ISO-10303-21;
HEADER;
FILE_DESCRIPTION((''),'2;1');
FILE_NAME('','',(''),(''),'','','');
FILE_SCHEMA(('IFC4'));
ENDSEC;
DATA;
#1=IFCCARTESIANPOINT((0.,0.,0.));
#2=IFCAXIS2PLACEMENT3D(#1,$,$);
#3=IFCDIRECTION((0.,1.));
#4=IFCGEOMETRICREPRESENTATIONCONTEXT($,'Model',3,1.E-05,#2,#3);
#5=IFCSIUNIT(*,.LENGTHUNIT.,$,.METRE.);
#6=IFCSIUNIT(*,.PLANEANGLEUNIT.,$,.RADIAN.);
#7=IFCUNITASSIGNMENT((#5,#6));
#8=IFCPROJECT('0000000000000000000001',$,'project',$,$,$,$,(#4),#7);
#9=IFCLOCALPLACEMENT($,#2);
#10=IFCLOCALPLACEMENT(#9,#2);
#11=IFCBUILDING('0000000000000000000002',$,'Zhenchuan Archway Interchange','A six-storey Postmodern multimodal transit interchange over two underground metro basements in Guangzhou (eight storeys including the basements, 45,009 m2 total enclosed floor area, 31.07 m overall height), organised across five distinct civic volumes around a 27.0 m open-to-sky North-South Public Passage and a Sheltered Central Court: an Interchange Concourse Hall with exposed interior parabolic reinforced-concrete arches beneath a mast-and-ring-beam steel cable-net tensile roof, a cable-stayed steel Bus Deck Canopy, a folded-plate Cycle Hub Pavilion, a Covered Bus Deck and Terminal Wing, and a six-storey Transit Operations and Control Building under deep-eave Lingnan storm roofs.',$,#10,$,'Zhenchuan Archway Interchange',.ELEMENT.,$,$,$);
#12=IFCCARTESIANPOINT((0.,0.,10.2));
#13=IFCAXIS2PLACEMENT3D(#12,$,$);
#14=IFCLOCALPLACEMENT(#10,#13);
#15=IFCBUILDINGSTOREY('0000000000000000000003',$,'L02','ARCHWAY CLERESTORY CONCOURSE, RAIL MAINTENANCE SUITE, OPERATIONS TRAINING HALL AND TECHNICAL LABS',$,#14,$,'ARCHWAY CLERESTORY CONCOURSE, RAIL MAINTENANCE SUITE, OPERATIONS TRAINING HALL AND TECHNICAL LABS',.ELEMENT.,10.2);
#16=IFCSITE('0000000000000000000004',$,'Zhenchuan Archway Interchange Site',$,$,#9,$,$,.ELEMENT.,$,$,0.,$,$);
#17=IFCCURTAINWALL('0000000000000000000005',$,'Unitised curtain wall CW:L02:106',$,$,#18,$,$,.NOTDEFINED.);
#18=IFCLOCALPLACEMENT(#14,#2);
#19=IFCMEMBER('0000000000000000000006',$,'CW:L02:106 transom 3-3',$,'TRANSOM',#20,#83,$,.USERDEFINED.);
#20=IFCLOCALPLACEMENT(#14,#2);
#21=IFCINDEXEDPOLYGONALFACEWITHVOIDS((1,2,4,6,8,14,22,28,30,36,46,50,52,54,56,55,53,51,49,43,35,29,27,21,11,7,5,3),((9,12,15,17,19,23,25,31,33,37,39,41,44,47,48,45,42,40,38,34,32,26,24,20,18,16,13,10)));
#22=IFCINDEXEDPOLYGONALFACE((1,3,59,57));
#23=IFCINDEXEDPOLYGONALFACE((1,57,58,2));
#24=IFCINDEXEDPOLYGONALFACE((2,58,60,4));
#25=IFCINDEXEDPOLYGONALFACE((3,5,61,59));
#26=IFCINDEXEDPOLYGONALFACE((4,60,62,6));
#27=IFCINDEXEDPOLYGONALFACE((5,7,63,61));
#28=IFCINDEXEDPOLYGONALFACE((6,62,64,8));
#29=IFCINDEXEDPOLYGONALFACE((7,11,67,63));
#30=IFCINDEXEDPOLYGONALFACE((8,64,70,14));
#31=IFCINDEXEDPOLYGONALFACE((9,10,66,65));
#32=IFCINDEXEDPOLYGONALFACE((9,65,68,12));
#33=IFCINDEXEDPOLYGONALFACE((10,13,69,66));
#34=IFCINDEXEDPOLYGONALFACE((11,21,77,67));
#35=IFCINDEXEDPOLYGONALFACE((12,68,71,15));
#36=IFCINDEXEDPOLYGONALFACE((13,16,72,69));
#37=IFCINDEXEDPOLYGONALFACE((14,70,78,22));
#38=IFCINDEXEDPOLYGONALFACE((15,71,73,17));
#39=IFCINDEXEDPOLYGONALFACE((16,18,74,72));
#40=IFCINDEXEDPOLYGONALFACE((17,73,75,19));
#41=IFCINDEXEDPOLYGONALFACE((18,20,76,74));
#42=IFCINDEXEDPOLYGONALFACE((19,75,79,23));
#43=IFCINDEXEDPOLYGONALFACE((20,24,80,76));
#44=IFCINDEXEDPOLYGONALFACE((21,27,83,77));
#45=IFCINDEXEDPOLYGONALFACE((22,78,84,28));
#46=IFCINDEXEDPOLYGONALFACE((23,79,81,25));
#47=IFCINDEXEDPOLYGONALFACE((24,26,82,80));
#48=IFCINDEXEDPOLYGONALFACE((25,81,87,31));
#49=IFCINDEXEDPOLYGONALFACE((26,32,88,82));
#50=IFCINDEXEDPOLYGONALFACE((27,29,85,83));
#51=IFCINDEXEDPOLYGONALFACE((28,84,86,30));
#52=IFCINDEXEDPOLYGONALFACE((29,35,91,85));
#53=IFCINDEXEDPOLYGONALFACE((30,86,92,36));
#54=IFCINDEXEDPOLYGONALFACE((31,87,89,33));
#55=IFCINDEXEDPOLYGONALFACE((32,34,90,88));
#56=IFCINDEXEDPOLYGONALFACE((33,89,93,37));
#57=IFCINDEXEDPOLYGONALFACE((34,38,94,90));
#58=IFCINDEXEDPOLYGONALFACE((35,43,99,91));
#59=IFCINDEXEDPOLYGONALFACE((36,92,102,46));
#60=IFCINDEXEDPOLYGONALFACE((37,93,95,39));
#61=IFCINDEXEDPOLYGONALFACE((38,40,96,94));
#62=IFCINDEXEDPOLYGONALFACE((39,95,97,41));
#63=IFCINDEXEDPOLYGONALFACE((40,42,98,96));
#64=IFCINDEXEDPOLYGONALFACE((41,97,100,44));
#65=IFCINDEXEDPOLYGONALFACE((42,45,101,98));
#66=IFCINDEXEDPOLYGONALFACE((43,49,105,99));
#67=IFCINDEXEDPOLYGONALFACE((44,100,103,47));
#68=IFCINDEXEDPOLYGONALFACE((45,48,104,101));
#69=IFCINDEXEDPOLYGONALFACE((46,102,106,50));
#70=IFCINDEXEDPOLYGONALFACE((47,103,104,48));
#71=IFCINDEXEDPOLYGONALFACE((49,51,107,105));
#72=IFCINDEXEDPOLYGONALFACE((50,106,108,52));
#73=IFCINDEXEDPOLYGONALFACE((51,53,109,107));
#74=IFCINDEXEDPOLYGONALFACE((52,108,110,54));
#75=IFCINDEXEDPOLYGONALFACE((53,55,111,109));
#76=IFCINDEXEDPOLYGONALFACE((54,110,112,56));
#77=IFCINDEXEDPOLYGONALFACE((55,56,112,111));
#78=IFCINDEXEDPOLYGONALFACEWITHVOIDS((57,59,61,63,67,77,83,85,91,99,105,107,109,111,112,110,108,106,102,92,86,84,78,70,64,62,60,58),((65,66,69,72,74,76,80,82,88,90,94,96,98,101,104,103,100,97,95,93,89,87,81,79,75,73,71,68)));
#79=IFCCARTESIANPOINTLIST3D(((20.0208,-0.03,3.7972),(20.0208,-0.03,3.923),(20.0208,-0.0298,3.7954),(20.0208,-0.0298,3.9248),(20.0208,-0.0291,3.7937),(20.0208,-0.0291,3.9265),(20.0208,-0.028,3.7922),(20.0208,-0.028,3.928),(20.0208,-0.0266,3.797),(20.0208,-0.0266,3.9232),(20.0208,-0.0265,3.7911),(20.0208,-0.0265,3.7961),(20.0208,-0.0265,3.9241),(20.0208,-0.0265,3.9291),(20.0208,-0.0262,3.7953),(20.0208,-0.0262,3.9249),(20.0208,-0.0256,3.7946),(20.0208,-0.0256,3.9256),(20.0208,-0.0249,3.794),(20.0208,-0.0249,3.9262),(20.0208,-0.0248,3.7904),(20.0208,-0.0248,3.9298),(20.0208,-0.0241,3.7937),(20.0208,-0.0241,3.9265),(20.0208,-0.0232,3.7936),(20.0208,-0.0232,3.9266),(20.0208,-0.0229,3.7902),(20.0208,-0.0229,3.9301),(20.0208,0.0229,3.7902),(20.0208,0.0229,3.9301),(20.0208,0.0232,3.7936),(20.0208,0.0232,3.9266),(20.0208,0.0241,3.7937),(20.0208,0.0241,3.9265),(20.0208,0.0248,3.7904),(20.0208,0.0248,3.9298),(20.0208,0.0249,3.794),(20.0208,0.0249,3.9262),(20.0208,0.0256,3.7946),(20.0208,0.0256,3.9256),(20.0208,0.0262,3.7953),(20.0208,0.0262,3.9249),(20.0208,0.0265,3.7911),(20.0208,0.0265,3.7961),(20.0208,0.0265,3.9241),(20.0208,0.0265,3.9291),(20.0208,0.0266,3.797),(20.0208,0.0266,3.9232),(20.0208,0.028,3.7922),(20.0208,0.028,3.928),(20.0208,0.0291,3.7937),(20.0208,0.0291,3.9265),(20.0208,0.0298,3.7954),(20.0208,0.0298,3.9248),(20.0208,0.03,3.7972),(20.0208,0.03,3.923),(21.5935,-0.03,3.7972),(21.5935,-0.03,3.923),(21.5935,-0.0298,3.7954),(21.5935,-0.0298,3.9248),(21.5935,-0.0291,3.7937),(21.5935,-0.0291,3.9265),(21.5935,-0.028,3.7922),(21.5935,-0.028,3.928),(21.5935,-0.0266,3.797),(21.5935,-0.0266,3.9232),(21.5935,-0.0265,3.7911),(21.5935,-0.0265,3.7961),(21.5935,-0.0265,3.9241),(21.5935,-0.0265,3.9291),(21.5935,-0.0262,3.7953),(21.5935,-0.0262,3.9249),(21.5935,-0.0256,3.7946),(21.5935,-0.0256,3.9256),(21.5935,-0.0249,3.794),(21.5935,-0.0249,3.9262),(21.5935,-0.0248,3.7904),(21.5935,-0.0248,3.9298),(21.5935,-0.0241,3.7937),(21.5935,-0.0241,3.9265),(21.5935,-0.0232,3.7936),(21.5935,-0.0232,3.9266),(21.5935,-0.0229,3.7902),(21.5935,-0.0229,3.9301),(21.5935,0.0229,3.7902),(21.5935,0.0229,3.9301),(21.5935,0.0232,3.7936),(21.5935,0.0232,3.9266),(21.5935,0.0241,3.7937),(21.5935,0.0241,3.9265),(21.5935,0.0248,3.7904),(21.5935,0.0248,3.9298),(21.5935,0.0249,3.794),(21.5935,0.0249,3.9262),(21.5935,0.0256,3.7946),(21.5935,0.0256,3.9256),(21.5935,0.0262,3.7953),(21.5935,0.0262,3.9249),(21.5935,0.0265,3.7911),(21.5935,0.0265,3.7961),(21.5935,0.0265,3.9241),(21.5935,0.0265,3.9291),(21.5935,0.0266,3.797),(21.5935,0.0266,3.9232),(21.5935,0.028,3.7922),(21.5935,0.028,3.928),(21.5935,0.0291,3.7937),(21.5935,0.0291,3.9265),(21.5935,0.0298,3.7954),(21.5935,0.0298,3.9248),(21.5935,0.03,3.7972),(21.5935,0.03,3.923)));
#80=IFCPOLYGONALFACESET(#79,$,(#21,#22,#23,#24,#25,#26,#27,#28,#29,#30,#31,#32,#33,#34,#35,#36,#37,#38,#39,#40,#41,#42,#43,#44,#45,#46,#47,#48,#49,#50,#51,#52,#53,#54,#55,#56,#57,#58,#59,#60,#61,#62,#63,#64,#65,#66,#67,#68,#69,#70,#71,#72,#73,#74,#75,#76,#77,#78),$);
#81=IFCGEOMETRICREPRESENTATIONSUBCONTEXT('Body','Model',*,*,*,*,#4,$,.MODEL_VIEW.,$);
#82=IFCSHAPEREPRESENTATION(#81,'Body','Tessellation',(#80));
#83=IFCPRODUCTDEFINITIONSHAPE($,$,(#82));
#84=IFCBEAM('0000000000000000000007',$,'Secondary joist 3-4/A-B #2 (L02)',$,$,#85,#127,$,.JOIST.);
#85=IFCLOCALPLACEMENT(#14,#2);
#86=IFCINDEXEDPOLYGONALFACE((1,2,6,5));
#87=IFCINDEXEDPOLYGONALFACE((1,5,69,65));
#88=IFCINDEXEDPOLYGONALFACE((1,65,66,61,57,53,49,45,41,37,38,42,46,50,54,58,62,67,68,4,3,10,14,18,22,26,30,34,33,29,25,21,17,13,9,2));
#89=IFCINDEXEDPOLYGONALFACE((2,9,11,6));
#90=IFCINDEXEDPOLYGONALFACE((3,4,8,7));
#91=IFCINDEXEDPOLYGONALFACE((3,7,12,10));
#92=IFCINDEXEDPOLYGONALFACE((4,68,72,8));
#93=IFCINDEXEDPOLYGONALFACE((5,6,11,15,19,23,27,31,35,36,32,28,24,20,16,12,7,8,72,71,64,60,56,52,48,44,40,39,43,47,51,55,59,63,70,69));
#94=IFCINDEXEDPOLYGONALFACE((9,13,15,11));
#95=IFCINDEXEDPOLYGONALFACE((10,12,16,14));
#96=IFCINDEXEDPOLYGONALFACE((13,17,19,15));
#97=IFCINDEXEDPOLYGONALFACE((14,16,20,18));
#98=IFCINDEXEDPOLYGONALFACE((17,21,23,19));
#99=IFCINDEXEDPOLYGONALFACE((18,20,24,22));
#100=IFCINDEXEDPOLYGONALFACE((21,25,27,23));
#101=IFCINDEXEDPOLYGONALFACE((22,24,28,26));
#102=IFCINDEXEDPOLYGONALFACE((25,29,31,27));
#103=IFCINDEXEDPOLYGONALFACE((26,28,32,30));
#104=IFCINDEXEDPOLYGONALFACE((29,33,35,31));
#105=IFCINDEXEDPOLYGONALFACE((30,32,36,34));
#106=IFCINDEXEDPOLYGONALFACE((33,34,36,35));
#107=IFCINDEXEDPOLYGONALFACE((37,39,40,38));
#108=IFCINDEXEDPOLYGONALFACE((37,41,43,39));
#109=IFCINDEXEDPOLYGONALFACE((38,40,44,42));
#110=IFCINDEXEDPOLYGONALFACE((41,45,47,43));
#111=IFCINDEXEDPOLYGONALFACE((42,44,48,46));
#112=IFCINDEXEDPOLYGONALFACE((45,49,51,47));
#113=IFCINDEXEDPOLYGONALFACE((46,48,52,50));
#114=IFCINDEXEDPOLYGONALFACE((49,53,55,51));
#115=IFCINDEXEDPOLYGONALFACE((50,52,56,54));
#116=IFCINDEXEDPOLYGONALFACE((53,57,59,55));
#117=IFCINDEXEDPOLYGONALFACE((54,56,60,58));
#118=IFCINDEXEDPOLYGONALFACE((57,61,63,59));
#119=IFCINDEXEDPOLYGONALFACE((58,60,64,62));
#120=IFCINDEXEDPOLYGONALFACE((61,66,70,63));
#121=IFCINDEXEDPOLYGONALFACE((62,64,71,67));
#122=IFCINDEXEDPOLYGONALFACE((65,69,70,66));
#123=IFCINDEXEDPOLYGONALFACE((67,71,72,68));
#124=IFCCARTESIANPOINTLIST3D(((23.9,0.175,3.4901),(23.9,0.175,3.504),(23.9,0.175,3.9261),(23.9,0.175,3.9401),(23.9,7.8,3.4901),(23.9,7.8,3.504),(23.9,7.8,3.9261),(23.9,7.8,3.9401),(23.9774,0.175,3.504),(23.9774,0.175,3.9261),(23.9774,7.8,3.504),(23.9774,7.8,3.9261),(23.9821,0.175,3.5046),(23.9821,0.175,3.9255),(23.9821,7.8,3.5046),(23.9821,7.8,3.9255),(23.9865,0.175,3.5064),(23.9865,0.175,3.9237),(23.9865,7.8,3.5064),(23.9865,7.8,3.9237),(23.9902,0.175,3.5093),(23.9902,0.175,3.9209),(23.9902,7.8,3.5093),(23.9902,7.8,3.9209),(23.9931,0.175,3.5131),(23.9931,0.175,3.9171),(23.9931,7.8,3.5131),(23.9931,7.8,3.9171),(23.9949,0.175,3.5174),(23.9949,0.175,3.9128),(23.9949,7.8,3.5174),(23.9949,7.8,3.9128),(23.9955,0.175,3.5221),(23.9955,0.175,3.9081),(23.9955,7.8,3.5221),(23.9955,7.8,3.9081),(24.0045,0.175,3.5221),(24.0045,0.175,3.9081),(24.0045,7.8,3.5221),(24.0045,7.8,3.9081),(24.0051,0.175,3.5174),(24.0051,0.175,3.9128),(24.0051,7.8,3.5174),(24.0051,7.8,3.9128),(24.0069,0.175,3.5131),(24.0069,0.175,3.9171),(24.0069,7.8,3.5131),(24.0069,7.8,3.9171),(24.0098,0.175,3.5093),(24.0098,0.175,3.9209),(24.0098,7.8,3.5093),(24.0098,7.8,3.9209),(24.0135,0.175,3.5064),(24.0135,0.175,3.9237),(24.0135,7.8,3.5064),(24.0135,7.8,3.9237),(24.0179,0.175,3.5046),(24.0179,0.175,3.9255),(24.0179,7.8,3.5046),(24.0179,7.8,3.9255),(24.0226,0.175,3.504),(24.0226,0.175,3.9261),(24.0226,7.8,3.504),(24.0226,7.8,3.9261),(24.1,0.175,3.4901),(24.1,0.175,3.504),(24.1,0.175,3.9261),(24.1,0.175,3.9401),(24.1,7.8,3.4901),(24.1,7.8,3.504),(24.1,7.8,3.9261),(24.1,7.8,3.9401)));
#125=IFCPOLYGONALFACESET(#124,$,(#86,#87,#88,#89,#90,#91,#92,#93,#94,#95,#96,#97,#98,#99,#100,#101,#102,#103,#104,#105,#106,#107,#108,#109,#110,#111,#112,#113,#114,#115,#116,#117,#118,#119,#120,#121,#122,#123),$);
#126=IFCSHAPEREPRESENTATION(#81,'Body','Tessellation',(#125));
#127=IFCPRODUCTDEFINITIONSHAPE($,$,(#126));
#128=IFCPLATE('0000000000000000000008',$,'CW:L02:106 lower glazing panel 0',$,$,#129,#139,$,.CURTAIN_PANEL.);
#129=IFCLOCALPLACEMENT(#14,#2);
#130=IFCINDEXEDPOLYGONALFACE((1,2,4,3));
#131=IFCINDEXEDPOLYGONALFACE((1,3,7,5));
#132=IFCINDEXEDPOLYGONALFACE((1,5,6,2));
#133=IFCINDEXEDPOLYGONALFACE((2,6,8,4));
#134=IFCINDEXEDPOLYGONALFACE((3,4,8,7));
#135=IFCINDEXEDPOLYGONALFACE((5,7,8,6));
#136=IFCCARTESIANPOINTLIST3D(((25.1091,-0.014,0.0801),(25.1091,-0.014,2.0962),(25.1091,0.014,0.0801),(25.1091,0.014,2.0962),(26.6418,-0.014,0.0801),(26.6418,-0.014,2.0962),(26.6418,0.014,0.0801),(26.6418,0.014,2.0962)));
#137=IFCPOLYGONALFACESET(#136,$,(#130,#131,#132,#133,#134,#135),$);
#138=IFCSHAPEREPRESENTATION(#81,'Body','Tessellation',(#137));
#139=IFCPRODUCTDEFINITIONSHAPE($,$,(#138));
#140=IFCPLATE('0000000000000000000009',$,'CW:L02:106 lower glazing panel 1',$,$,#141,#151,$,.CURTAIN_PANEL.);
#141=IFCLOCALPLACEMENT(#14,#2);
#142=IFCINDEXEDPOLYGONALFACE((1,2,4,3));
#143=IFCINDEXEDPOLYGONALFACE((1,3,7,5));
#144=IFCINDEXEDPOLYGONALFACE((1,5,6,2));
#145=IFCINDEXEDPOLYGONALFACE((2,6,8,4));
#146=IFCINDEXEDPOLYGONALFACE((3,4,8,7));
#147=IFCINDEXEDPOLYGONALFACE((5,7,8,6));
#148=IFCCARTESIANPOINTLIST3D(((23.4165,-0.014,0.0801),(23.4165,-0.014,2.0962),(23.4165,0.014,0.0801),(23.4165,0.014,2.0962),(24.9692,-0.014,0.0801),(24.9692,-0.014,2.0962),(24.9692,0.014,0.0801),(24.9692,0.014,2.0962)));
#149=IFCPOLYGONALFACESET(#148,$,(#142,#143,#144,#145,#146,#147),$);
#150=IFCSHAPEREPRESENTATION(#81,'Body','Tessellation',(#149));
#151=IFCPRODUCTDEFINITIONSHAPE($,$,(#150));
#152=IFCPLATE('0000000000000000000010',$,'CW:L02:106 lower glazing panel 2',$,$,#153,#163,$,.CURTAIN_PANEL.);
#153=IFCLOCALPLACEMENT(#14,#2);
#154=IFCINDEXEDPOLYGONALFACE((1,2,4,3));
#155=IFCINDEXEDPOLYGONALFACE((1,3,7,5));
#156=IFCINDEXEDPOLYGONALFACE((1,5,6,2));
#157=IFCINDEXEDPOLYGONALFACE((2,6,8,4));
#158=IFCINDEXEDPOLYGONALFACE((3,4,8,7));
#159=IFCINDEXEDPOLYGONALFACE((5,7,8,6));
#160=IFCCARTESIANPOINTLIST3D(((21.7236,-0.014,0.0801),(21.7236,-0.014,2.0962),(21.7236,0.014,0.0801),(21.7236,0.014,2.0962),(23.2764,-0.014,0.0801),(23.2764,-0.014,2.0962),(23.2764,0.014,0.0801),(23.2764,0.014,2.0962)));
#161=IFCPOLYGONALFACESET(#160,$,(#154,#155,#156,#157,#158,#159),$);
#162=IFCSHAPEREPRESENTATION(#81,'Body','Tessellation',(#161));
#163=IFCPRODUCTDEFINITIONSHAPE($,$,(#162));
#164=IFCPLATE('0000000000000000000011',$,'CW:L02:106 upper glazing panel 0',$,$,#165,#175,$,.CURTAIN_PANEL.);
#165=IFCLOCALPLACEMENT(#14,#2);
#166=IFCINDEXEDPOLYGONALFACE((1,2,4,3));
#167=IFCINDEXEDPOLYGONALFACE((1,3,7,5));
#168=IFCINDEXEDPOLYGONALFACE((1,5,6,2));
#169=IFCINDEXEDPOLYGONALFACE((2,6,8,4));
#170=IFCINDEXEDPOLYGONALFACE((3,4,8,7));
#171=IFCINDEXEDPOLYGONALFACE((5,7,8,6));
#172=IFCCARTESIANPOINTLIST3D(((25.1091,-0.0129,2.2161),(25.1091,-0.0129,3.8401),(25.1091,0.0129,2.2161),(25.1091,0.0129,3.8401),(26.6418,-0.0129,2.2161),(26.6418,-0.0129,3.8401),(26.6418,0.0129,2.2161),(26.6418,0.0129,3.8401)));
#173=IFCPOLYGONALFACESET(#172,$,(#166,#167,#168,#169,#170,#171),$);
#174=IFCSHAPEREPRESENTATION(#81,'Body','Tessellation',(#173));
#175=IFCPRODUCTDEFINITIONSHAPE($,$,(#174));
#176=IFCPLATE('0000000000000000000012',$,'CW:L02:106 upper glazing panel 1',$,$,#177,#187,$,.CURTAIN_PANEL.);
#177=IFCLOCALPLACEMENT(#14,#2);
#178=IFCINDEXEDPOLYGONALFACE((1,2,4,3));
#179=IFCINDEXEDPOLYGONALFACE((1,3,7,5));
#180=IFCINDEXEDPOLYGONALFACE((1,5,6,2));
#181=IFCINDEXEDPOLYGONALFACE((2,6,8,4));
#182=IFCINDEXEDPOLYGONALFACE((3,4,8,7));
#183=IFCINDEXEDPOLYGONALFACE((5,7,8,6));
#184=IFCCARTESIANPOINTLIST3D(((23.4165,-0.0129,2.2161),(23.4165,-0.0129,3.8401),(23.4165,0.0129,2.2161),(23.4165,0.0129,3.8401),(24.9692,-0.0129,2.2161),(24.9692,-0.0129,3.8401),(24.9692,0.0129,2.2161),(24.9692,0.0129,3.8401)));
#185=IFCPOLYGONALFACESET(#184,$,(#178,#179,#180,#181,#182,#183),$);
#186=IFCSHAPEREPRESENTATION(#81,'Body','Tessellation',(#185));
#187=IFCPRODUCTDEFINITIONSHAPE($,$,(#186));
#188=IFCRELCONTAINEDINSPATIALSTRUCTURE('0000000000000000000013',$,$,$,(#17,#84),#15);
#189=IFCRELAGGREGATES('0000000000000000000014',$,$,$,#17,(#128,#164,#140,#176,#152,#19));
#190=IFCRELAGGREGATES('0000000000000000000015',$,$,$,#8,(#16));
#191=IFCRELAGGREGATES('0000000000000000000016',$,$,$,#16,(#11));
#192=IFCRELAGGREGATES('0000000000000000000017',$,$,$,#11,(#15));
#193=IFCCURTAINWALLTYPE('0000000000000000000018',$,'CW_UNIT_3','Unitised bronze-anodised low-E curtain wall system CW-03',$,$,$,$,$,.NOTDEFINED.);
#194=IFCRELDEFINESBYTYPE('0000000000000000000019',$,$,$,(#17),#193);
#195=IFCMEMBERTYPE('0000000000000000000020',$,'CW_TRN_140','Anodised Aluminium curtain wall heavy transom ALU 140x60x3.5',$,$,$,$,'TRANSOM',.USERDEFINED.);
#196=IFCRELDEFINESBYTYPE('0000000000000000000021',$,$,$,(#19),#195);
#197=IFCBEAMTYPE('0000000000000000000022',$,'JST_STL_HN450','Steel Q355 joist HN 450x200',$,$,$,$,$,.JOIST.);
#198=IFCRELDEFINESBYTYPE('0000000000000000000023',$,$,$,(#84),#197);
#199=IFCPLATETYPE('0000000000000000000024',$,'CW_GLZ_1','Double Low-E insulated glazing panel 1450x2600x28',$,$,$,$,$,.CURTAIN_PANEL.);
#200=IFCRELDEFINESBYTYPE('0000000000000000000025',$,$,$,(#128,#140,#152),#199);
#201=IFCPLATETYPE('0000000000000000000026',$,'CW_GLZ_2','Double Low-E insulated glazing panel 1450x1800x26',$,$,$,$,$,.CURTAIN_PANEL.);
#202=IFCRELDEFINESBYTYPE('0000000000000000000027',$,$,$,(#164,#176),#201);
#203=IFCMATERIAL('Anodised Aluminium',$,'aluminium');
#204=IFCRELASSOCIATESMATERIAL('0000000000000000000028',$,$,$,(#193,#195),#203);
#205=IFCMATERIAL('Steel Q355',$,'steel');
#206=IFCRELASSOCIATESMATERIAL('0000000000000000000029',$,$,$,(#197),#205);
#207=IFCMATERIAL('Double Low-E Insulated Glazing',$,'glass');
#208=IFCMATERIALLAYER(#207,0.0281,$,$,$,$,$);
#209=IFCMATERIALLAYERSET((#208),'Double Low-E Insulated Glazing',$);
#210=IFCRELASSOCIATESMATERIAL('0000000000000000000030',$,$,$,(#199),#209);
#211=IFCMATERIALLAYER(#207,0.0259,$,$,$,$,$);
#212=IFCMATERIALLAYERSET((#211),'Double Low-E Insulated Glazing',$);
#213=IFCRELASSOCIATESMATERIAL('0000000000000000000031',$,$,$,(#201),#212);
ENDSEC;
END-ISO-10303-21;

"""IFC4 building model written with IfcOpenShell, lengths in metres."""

from ifc_helpers import new_model, si_unit, direction, frame, origin, origin_2d, place, context, subcontext, project, spatial, rectangle, hollow_rectangle, i_section, extrude, material, layer, layer_set, material_profile, profile_set, type_object, element, aggregate, save


model = new_model("IFC4")

# Units and contexts
model_context = context("Model", 3, precision=1e-05, world=origin(), true_north=direction((0.0, 1.0)))
body_context = subcontext(model_context, "Body", "Model", "MODEL_VIEW")
ifc_project = project(units=[si_unit("LENGTHUNIT", "METRE"), si_unit("PLANEANGLEUNIT", "RADIAN")], contexts=[model_context])

# Site, building, storey
site_placement = place(None, origin())
site = spatial("IfcSite", under=ifc_project, at=site_placement, Name="Zhenchuan Archway Interchange Site", CompositionType="ELEMENT", RefElevation=0.0)
building_placement = place(site_placement, origin())
building = spatial("IfcBuilding", under=site, at=building_placement, Name="Zhenchuan Archway Interchange", Description="A six-storey Postmodern multimodal transit interchange over two underground metro basements in Guangzhou (eight storeys including the basements, 45,009 m2 total enclosed floor area, 31.07 m overall height), organised across five distinct civic volumes around a 27.0 m open-to-sky North-South Public Passage and a Sheltered Central Court: an Interchange Concourse Hall with exposed interior parabolic reinforced-concrete arches beneath a mast-and-ring-beam steel cable-net tensile roof, a cable-stayed steel Bus Deck Canopy, a folded-plate Cycle Hub Pavilion, a Covered Bus Deck and Terminal Wing, and a six-storey Transit Operations and Control Building under deep-eave Lingnan storm roofs.", LongName="Zhenchuan Archway Interchange", CompositionType="ELEMENT")
storey_placement = place(building_placement, frame((0.0, 0.0, 10.2)))
storey = spatial("IfcBuildingStorey", under=building, at=storey_placement, Name="L02", Description="ARCHWAY CLERESTORY CONCOURSE, RAIL MAINTENANCE SUITE, OPERATIONS TRAINING HALL AND TECHNICAL LABS", LongName="ARCHWAY CLERESTORY CONCOURSE, RAIL MAINTENANCE SUITE, OPERATIONS TRAINING HALL AND TECHNICAL LABS", CompositionType="ELEMENT", Elevation=10.2)

# Curtain wall, member
ifc_material_1 = material(Name="Anodised Aluminium", Category="aluminium")
curtain_wall_type = type_object("IfcCurtainWallType", Name="CW_UNIT_3", Description="Unitised bronze-anodised low-E curtain wall system CW-03", PredefinedType="NOTDEFINED", material=ifc_material_1)
curtain_wall_placement = place(storey_placement, origin())
curtain_wall = element("IfcCurtainWall", 1, at=curtain_wall_placement, inside=storey, type_object=curtain_wall_type, Name="Unitised curtain wall CW:L02:106", PredefinedType="NOTDEFINED")
ifc_material_profile_1 = material_profile(ifc_material_1, hollow_rectangle(XDim=0.0601, YDim=0.1399, WallThickness=0.0034, InnerFilletRadius=0.0034, OuterFilletRadius=0.0071, at=origin_2d()), Name="ALU 140x60x3.5")
ifc_profile_set_1 = profile_set([ifc_material_profile_1], Name="Anodised Aluminium")
member_type_1 = type_object("IfcMemberType", Name="CW_TRN_140", Description="Anodised Aluminium curtain wall heavy transom ALU 140x60x3.5", ElementType="TRANSOM", PredefinedType="USERDEFINED", material=ifc_profile_set_1)
member_1_placement = place(storey_placement, frame((21.5935, 0.0, 3.8601), z_axis=(-1.0, 0.0, 0.0), x_axis=(0.0, -1.0, 0.0)))
member_1 = element("IfcMember", 2, at=member_1_placement, type_object=member_type_1, Name="CW:L02:106 transom 3-3", ObjectType="TRANSOM", PredefinedType="USERDEFINED", context=body_context, shape_type="SweptSolid", body=[
    extrude(hollow_rectangle(XDim=0.0601, YDim=0.1399, WallThickness=0.0034, InnerFilletRadius=0.0034, OuterFilletRadius=0.0071, at=origin_2d()), origin(), (0.0, 0.0, 1.0), 1.5728),
])

# Beam
ifc_material_2 = material(Name="Steel Q355", Category="steel")
ifc_material_profile_2 = material_profile(ifc_material_2, i_section(OverallWidth=0.2, OverallDepth=0.45, WebThickness=0.009, FlangeThickness=0.0139, FilletRadius=0.0181, at=origin_2d()), Name="HN 450x200")
ifc_profile_set_2 = profile_set([ifc_material_profile_2], Name="Steel Q355")
beam_type = type_object("IfcBeamType", Name="JST_STL_HN450", Description="Steel Q355 joist HN 450x200", PredefinedType="JOIST", material=ifc_profile_set_2)
beam_placement = place(storey_placement, frame((24.0, 0.175, 3.7151), z_axis=(0.0, 1.0, 0.0), x_axis=(-1.0, 0.0, 0.0)))
element("IfcBeam", 3, at=beam_placement, inside=storey, type_object=beam_type, Name="Secondary joist 3-4/A-B #2 (L02)", PredefinedType="JOIST", context=body_context, shape_type="SweptSolid", body=[
    extrude(i_section(OverallWidth=0.2, OverallDepth=0.45, WebThickness=0.009, FlangeThickness=0.0139, FilletRadius=0.0181, at=origin_2d()), origin(), (0.0, 0.0, 1.0), 7.625),
])

# Plates
ifc_material_3 = material(Name="Double Low-E Insulated Glazing", Category="glass")
ifc_layer_1 = layer(ifc_material_3, 0.0281)
ifc_layer_set_1 = layer_set([ifc_layer_1], Name="Double Low-E Insulated Glazing")
plate_type_1 = type_object("IfcPlateType", Name="CW_GLZ_1", Description="Double Low-E insulated glazing panel 1450x2600x28", PredefinedType="CURTAIN_PANEL", material=ifc_layer_set_1)
plate_1_placement = place(storey_placement, frame((25.8755, 0.0, 0.0801), z_axis=(0.0, 0.0, 1.0), x_axis=(-1.0, 0.0, 0.0)))
plate_1 = element("IfcPlate", 4, at=plate_1_placement, type_object=plate_type_1, Name="CW:L02:106 lower glazing panel 0", PredefinedType="CURTAIN_PANEL", context=body_context, shape_type="SweptSolid", body=[
    extrude(rectangle(XDim=1.5327, YDim=0.0281, at=origin_2d()), origin(), (0.0, 0.0, 1.0), 2.0161),
])
plate_2_placement = place(storey_placement, frame((24.1929, 0.0, 0.0801), z_axis=(0.0, 0.0, 1.0), x_axis=(-1.0, 0.0, 0.0)))
plate_2 = element("IfcPlate", 5, at=plate_2_placement, type_object=plate_type_1, Name="CW:L02:106 lower glazing panel 1", PredefinedType="CURTAIN_PANEL", context=body_context, shape_type="SweptSolid", body=[
    extrude(rectangle(XDim=1.5527, YDim=0.0281, at=origin_2d()), origin(), (0.0, 0.0, 1.0), 2.0161),
])
plate_3_placement = place(storey_placement, frame((22.5, 0.0, 0.0801), z_axis=(0.0, 0.0, 1.0), x_axis=(-1.0, 0.0, 0.0)))
plate_3 = element("IfcPlate", 6, at=plate_3_placement, type_object=plate_type_1, Name="CW:L02:106 lower glazing panel 2", PredefinedType="CURTAIN_PANEL", context=body_context, shape_type="SweptSolid", body=[
    extrude(rectangle(XDim=1.5527, YDim=0.0281, at=origin_2d()), origin(), (0.0, 0.0, 1.0), 2.0161),
])
ifc_layer_2 = layer(ifc_material_3, 0.0259)
ifc_layer_set_2 = layer_set([ifc_layer_2], Name="Double Low-E Insulated Glazing")
plate_type_2 = type_object("IfcPlateType", Name="CW_GLZ_2", Description="Double Low-E insulated glazing panel 1450x1800x26", PredefinedType="CURTAIN_PANEL", material=ifc_layer_set_2)
plate_4_placement = place(storey_placement, frame((25.8755, 0.0, 2.2161), z_axis=(0.0, 0.0, 1.0), x_axis=(-1.0, 0.0, 0.0)))
plate_4 = element("IfcPlate", 7, at=plate_4_placement, type_object=plate_type_2, Name="CW:L02:106 upper glazing panel 0", PredefinedType="CURTAIN_PANEL", context=body_context, shape_type="SweptSolid", body=[
    extrude(rectangle(XDim=1.5327, YDim=0.0259, at=origin_2d()), origin(), (0.0, 0.0, 1.0), 1.624),
])
plate_5_placement = place(storey_placement, frame((24.1929, 0.0, 2.2161), z_axis=(0.0, 0.0, 1.0), x_axis=(-1.0, 0.0, 0.0)))
plate_5 = element("IfcPlate", 8, at=plate_5_placement, type_object=plate_type_2, Name="CW:L02:106 upper glazing panel 1", PredefinedType="CURTAIN_PANEL", context=body_context, shape_type="SweptSolid", body=[
    extrude(rectangle(XDim=1.5527, YDim=0.0259, at=origin_2d()), origin(), (0.0, 0.0, 1.0), 1.624),
])
aggregate(curtain_wall, [plate_1, plate_4, plate_2, plate_5, plate_3, member_1])

save(model, "model.ifc")
